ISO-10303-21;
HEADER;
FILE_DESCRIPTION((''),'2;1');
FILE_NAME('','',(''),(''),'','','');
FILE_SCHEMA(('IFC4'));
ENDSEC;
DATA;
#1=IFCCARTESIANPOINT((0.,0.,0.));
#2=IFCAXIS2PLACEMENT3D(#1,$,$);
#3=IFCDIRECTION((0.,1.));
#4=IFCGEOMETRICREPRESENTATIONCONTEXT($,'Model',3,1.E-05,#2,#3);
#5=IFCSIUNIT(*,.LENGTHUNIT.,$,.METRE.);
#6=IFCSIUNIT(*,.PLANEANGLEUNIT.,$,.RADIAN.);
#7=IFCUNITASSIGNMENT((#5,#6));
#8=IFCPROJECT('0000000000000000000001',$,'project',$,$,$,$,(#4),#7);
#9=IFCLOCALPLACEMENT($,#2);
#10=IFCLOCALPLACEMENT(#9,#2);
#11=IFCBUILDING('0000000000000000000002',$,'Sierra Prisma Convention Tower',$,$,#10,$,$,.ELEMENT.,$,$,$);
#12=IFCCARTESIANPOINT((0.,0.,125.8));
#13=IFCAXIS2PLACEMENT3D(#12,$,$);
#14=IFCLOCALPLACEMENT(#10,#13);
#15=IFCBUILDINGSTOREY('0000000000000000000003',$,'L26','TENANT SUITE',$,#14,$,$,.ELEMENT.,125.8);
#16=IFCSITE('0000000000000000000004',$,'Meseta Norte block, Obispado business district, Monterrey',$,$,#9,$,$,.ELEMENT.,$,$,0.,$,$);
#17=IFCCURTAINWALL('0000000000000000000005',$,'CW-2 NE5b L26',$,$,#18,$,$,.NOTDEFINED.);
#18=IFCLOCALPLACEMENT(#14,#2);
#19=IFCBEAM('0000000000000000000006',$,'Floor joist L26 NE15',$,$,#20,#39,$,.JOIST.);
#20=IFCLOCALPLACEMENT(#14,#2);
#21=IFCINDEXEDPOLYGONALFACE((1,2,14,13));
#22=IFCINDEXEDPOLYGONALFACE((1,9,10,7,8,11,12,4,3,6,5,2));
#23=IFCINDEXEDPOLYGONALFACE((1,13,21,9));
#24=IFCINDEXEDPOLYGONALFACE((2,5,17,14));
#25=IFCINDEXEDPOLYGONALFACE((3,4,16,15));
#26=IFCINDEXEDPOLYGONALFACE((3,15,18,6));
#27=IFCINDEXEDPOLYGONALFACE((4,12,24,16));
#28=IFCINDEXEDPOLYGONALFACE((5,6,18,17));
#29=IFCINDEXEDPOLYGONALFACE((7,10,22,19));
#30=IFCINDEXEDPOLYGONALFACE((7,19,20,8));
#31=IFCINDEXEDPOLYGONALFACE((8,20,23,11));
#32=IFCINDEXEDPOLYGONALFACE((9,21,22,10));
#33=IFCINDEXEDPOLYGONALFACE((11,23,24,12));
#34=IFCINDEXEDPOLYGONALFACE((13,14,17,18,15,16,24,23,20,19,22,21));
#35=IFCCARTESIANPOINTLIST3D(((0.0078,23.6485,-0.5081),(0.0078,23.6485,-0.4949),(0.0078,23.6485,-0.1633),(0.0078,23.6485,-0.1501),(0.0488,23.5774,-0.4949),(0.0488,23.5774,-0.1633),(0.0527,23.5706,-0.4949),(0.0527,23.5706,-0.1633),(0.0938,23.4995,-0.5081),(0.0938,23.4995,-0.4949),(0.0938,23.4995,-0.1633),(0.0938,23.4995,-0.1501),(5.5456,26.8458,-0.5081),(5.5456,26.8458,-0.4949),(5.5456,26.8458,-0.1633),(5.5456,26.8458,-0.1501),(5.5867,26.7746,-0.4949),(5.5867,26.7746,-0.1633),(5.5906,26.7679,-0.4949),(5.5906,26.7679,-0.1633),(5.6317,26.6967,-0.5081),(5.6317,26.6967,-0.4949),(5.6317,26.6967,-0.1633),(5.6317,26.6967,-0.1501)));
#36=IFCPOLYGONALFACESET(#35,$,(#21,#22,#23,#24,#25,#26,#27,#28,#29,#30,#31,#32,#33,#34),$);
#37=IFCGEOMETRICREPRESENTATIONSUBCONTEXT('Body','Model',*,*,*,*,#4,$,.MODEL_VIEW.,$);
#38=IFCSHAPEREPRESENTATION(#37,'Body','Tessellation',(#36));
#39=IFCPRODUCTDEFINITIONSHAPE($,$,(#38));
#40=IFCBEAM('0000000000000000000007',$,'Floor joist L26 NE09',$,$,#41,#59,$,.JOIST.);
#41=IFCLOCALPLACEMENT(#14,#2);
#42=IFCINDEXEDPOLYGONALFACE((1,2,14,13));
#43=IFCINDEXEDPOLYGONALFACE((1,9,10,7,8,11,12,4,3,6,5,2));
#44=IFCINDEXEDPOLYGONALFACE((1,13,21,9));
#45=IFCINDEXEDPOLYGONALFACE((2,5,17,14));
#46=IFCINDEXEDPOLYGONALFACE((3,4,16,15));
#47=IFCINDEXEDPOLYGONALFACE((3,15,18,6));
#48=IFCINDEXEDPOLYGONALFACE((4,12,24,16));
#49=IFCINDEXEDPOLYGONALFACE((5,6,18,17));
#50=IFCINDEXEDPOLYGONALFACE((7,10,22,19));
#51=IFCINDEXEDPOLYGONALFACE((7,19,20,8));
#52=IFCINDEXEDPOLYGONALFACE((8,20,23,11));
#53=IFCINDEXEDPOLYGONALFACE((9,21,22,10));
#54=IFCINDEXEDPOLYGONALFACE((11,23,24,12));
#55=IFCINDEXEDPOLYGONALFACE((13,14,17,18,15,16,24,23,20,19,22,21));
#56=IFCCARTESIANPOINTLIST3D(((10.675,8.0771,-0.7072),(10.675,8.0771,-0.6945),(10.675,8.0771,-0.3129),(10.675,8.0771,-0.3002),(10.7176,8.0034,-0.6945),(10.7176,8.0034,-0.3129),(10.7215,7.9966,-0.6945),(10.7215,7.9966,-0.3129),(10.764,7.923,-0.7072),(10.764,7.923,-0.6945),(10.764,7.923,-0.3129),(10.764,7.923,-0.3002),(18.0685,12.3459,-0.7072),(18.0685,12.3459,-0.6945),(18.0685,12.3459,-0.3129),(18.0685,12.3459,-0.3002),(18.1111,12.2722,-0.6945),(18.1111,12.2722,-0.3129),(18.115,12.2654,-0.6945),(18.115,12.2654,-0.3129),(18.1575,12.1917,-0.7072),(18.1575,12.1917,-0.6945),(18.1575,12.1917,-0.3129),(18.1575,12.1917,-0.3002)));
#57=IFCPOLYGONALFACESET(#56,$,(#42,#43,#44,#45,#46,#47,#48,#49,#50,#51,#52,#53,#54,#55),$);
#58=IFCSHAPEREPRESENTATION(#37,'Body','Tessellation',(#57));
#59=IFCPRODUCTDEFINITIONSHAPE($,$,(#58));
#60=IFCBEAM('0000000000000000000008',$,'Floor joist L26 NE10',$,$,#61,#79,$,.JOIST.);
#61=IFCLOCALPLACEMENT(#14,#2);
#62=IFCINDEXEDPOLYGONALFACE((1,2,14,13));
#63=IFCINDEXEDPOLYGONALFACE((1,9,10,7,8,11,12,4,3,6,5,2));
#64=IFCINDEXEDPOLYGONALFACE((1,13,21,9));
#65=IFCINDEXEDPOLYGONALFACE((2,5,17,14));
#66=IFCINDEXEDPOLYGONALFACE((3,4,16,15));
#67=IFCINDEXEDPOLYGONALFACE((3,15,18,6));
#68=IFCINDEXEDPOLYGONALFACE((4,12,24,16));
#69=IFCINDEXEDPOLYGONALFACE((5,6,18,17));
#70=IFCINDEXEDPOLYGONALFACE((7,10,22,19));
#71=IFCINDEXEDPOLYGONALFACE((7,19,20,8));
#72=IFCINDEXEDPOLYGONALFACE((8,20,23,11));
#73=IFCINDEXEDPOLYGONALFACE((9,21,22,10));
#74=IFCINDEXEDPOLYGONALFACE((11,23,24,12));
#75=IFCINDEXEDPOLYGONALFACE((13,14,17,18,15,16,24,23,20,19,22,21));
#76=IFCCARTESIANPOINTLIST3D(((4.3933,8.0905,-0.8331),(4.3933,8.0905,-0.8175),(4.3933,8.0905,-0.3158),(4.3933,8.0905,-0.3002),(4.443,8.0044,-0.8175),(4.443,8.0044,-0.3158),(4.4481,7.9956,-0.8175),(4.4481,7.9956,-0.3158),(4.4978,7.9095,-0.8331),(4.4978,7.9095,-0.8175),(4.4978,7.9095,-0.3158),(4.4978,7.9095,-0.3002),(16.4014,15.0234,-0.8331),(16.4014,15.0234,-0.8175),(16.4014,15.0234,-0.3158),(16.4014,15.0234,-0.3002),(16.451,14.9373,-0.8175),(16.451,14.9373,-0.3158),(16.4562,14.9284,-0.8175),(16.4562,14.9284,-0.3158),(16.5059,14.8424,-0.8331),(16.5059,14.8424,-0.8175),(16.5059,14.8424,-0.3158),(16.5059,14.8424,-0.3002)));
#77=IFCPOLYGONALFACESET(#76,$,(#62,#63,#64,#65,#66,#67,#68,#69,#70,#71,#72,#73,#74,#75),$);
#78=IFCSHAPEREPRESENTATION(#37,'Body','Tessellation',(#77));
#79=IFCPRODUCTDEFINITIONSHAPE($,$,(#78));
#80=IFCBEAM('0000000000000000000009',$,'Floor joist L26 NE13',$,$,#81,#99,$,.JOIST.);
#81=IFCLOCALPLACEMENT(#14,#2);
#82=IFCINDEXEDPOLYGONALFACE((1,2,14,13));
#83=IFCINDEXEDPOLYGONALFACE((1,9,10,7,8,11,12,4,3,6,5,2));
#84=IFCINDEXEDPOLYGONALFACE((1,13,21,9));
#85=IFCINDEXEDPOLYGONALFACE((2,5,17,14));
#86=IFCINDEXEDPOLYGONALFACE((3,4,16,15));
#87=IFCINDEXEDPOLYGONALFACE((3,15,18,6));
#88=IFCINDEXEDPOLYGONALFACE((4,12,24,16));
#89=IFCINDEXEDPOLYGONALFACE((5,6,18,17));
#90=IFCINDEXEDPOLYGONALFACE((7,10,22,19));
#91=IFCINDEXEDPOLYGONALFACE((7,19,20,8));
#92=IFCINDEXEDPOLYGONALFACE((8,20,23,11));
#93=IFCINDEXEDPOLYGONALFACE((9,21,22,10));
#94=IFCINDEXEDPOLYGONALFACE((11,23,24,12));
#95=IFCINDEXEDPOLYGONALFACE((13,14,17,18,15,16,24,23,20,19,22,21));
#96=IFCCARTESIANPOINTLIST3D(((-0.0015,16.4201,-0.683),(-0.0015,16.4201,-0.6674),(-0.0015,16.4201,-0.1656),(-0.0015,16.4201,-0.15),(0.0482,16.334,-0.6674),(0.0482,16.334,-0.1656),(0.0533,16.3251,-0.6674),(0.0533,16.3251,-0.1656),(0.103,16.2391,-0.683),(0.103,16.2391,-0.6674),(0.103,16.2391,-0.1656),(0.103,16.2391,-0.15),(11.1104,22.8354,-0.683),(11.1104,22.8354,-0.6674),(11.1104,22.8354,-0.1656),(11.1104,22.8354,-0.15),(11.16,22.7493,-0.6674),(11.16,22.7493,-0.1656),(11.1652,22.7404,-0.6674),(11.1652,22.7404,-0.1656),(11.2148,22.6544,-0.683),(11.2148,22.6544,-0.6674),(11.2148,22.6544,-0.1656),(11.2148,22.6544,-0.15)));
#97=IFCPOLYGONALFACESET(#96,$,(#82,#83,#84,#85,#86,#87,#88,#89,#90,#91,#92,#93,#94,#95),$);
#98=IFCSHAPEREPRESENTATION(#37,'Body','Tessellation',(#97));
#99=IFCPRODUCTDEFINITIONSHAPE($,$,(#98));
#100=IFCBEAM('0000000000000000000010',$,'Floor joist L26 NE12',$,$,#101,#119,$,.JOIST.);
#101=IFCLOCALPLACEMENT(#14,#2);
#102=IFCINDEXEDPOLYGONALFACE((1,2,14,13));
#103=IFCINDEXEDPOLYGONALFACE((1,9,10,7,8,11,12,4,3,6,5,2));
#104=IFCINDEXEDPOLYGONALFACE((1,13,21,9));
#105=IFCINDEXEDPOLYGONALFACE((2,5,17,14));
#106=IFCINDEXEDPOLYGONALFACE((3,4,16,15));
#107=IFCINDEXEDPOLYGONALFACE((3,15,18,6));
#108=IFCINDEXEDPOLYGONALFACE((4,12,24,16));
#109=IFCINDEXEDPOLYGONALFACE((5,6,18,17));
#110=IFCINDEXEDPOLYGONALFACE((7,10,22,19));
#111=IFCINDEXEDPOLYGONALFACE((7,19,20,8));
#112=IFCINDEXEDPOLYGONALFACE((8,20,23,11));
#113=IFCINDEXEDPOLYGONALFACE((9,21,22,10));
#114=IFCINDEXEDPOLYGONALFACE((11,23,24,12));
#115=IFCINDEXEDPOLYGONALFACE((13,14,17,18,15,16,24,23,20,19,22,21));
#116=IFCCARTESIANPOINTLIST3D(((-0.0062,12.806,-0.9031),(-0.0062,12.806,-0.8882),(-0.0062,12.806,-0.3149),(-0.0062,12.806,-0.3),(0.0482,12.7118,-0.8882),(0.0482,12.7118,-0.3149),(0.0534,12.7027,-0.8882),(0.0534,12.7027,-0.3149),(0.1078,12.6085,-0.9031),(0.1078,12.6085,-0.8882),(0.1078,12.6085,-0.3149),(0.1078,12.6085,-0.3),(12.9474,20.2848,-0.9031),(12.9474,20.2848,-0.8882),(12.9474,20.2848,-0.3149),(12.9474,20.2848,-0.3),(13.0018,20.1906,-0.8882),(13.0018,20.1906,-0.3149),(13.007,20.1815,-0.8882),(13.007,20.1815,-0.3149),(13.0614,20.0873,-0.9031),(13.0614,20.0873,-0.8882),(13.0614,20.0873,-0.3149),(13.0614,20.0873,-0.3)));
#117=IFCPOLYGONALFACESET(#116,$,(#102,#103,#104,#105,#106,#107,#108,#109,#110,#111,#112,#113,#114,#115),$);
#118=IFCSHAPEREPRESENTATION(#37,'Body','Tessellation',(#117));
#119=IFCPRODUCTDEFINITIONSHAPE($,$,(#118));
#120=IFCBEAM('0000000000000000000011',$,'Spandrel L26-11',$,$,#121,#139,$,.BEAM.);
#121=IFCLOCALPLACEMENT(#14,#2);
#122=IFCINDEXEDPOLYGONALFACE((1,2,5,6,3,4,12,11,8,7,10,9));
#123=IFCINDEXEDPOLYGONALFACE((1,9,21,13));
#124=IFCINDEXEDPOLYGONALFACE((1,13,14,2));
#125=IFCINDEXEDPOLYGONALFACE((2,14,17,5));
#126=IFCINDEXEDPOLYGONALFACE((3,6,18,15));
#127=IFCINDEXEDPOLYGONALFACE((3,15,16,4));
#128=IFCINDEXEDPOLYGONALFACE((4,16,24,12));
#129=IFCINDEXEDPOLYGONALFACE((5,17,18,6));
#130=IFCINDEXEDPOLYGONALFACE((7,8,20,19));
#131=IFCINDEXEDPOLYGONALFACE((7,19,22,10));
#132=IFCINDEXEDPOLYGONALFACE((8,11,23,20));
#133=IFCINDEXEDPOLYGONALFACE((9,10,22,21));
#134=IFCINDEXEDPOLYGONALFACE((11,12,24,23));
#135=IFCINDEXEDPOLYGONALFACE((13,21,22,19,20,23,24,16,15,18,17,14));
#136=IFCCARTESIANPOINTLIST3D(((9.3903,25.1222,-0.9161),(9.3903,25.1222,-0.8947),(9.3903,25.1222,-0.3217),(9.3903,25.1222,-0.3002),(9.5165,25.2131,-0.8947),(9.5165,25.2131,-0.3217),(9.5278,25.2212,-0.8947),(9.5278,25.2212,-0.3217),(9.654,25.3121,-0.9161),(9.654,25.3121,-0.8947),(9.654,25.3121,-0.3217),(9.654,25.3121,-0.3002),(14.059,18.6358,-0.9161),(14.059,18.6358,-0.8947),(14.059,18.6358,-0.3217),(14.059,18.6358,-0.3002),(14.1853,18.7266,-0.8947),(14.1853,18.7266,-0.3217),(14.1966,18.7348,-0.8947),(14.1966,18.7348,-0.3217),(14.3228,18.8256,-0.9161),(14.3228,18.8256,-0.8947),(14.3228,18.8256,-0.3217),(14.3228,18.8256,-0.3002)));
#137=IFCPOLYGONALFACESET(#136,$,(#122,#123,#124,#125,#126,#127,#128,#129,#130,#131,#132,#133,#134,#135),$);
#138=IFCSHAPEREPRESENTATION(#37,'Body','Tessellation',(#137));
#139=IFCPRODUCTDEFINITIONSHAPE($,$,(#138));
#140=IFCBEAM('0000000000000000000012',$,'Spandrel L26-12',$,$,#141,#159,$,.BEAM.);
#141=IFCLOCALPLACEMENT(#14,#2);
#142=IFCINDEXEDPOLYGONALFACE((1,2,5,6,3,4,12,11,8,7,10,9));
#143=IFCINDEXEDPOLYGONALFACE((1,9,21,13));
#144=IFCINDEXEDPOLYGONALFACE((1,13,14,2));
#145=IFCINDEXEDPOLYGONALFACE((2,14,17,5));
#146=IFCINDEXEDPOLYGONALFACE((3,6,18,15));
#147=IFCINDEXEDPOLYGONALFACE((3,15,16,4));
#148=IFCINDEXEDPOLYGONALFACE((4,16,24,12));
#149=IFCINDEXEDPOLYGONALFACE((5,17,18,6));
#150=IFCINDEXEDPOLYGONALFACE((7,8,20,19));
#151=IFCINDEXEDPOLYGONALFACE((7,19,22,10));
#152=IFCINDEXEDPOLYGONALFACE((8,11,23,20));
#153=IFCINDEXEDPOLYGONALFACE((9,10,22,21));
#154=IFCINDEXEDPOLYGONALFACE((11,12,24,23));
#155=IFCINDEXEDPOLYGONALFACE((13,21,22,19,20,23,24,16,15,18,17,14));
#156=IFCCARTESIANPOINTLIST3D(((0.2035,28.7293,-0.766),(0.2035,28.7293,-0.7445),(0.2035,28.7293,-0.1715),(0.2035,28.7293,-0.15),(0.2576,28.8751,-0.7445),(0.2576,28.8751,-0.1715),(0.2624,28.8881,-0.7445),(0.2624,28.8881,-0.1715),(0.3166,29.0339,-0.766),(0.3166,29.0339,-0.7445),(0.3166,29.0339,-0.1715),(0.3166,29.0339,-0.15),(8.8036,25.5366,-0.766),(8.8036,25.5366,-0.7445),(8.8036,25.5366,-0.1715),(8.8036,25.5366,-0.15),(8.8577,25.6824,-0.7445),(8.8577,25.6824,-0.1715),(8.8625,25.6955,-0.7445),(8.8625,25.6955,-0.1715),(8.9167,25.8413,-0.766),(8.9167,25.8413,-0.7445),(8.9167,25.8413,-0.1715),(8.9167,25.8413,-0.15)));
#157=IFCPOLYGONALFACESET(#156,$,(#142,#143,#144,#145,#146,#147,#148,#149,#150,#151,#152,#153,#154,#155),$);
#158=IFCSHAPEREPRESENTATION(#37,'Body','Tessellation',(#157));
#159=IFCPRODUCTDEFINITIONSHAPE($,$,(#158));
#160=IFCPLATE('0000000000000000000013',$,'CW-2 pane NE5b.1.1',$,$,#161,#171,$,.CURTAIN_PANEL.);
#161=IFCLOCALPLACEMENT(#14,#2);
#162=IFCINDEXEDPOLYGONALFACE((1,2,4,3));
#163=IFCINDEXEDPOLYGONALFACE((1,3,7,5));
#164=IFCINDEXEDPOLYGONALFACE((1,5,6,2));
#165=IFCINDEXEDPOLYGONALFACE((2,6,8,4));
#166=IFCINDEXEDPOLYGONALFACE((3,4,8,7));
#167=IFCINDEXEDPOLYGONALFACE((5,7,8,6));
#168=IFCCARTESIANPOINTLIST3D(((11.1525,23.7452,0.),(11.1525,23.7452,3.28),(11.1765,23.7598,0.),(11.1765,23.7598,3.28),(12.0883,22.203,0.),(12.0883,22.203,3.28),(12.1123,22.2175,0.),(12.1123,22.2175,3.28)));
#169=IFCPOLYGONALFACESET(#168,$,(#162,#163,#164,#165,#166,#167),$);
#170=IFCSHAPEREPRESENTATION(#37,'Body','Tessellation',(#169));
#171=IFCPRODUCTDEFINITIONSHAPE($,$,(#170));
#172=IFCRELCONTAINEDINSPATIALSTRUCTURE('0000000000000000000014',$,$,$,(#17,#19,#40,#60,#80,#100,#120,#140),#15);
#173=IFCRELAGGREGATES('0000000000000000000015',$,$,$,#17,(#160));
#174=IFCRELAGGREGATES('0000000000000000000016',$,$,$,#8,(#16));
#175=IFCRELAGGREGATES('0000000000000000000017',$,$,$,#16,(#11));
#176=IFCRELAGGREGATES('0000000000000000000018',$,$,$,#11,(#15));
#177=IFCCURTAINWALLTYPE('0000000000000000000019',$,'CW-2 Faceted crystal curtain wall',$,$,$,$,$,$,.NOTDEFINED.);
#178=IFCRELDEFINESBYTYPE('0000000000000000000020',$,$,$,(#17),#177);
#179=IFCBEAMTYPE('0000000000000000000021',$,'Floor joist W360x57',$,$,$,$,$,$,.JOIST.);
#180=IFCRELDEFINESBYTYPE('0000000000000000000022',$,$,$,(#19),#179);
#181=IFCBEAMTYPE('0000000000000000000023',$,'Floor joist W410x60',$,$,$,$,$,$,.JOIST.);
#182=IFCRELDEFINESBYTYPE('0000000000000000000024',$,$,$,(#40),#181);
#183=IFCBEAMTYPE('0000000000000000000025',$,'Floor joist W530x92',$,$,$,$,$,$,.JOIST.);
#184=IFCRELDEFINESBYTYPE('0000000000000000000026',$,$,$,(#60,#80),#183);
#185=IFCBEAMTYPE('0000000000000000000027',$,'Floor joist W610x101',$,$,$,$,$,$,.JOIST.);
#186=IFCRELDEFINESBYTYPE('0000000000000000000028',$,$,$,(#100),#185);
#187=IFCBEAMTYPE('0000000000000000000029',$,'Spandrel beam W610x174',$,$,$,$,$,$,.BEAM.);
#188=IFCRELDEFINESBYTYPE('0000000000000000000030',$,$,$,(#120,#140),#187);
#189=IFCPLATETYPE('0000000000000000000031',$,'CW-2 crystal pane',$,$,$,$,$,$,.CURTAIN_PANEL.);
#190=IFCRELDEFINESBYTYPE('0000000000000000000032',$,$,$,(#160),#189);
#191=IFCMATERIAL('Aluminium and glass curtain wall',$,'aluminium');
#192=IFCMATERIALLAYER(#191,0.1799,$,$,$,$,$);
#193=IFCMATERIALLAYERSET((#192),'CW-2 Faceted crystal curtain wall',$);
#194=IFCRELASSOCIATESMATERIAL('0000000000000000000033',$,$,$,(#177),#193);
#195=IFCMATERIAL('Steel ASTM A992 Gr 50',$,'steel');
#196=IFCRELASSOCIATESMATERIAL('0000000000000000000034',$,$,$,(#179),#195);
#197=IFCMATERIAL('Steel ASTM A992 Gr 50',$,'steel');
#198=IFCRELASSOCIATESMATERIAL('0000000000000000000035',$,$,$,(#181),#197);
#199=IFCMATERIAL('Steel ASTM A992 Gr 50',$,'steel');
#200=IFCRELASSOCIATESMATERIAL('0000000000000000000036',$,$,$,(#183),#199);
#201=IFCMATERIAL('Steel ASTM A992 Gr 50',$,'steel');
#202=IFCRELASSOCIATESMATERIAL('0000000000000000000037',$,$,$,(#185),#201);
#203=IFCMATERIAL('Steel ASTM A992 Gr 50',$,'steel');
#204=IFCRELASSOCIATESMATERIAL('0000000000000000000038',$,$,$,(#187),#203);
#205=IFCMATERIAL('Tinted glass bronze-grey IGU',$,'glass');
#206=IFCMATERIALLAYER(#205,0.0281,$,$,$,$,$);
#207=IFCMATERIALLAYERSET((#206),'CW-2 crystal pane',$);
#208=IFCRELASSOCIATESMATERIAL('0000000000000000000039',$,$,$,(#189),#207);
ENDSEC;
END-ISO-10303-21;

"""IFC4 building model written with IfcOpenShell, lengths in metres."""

from ifc_helpers import new_model, si_unit, direction, frame, origin, origin_2d, place, context, subcontext, project, spatial, polyline, i_section, outline, extrude, material, layer, layer_set, material_profile, profile_set, type_object, element, aggregate, save


model = new_model("IFC4")

# Units and contexts
model_context = context("Model", 3, precision=1e-05, world=origin(), true_north=direction((0.0, 1.0)))
body_context = subcontext(model_context, "Body", "Model", "MODEL_VIEW")
ifc_project = project(units=[si_unit("LENGTHUNIT", "METRE"), si_unit("PLANEANGLEUNIT", "RADIAN")], contexts=[model_context])

# Site, building, storey
site_placement = place(None, origin())
site = spatial("IfcSite", under=ifc_project, at=site_placement, Name="Meseta Norte block, Obispado business district, Monterrey", CompositionType="ELEMENT", RefElevation=0.0)
building_placement = place(site_placement, origin())
building = spatial("IfcBuilding", under=site, at=building_placement, Name="Sierra Prisma Convention Tower", CompositionType="ELEMENT")
storey_placement = place(building_placement, frame((0.0, 0.0, 125.8)))
storey = spatial("IfcBuildingStorey", under=building, at=storey_placement, Name="L26", Description="TENANT SUITE", CompositionType="ELEMENT", Elevation=125.8)

# Curtain wall
ifc_material_1 = material(Name="Aluminium and glass curtain wall", Category="aluminium")
ifc_layer_1 = layer(ifc_material_1, 0.1799)
ifc_layer_set_1 = layer_set([ifc_layer_1], Name="CW-2 Faceted crystal curtain wall")
curtain_wall_type_1 = type_object("IfcCurtainWallType", Name="CW-2 Faceted crystal curtain wall", PredefinedType="NOTDEFINED", material=ifc_layer_set_1)
curtain_wall_1_placement = place(storey_placement, origin())
curtain_wall_1 = element("IfcCurtainWall", 1, at=curtain_wall_1_placement, inside=storey, type_object=curtain_wall_type_1, Name="CW-2 NE5b L26", PredefinedType="NOTDEFINED")

# Beams
ifc_material_2 = material(Name="Steel ASTM A992 Gr 50", Category="steel")
ifc_material_profile_1 = material_profile(ifc_material_2, i_section(OverallWidth=0.1721, OverallDepth=0.3579, WebThickness=0.0078, FlangeThickness=0.0132, at=origin_2d()), Name="W360x57")
ifc_profile_set_1 = profile_set([ifc_material_profile_1], Name="Steel ASTM A992 Gr 50")
beam_type_1 = type_object("IfcBeamType", Name="Floor joist W360x57", PredefinedType="JOIST", material=ifc_profile_set_1)
beam_1_placement = place(storey_placement, frame((5.5886, 26.7712, -0.3291), z_axis=(-0.866026, -0.499999, 0.0), x_axis=(0.499999, -0.866026, 0.0)))
element("IfcBeam", 2, at=beam_1_placement, inside=storey, type_object=beam_type_1, Name="Floor joist L26 NE15", PredefinedType="JOIST", context=body_context, shape_type="SweptSolid", body=[
    extrude(i_section(OverallWidth=0.1721, OverallDepth=0.3579, WebThickness=0.0078, FlangeThickness=0.0132, at=origin_2d()), origin(), (0.0, 0.0, 1.0), 6.3945),
])
ifc_material_3 = material(Name="Steel ASTM A992 Gr 50", Category="steel")
ifc_material_profile_2 = material_profile(ifc_material_3, i_section(OverallWidth=0.178, OverallDepth=0.407, WebThickness=0.0078, FlangeThickness=0.0127, at=origin_2d()), Name="W410x60")
ifc_profile_set_2 = profile_set([ifc_material_profile_2], Name="Steel ASTM A992 Gr 50")
beam_type_2 = type_object("IfcBeamType", Name="Floor joist W410x60", PredefinedType="JOIST", material=ifc_profile_set_2)
beam_2_placement = place(storey_placement, frame((18.113, 12.2688, -0.5037), z_axis=(-0.866019, -0.500011, 0.0), x_axis=(0.500011, -0.866019, 0.0)))
element("IfcBeam", 3, at=beam_2_placement, inside=storey, type_object=beam_type_2, Name="Floor joist L26 NE09", PredefinedType="JOIST", context=body_context, shape_type="SweptSolid", body=[
    extrude(i_section(OverallWidth=0.178, OverallDepth=0.407, WebThickness=0.0078, FlangeThickness=0.0127, at=origin_2d()), origin(), (0.0, 0.0, 1.0), 8.5374),
])
ifc_material_4 = material(Name="Steel ASTM A992 Gr 50", Category="steel")
ifc_material_profile_3 = material_profile(ifc_material_4, i_section(OverallWidth=0.209, OverallDepth=0.533, WebThickness=0.0103, FlangeThickness=0.0156, at=origin_2d()), Name="W530x92")
ifc_profile_set_3 = profile_set([ifc_material_profile_3], Name="Steel ASTM A992 Gr 50")
beam_type_3 = type_object("IfcBeamType", Name="Floor joist W530x92", PredefinedType="JOIST", material=ifc_profile_set_3)
beam_3_placement = place(storey_placement, frame((16.4536, 14.9329, -0.5667), z_axis=(-0.866025, -0.5, 0.0), x_axis=(0.5, -0.866025, 0.0)))
element("IfcBeam", 4, at=beam_3_placement, inside=storey, type_object=beam_type_3, Name="Floor joist L26 NE10", PredefinedType="JOIST", context=body_context, shape_type="SweptSolid", body=[
    extrude(i_section(OverallWidth=0.209, OverallDepth=0.533, WebThickness=0.0103, FlangeThickness=0.0156, at=origin_2d()), origin(), (0.0, 0.0, 1.0), 13.8657),
])
beam_4_placement = place(storey_placement, frame((11.1626, 22.7449, -0.4165), z_axis=(-0.86603, -0.499993, 0.0), x_axis=(0.499993, -0.86603, 0.0)))
element("IfcBeam", 5, at=beam_4_placement, inside=storey, type_object=beam_type_3, Name="Floor joist L26 NE13", PredefinedType="JOIST", context=body_context, shape_type="SweptSolid", body=[
    extrude(i_section(OverallWidth=0.209, OverallDepth=0.533, WebThickness=0.0103, FlangeThickness=0.0156, at=origin_2d()), origin(), (0.0, 0.0, 1.0), 12.8308),
])
ifc_material_5 = material(Name="Steel ASTM A992 Gr 50", Category="steel")
ifc_material_profile_4 = material_profile(ifc_material_5, i_section(OverallWidth=0.228, OverallDepth=0.603, WebThickness=0.0105, FlangeThickness=0.0149, at=origin_2d()), Name="W610x101")
ifc_profile_set_4 = profile_set([ifc_material_profile_4], Name="Steel ASTM A992 Gr 50")
beam_type_4 = type_object("IfcBeamType", Name="Floor joist W610x101", PredefinedType="JOIST", material=ifc_profile_set_4)
beam_5_placement = place(storey_placement, frame((13.0044, 20.186, -0.6016), z_axis=(-0.866026, -0.499999, 0.0), x_axis=(0.499999, -0.866026, 0.0)))
element("IfcBeam", 6, at=beam_5_placement, inside=storey, type_object=beam_type_4, Name="Floor joist L26 NE12", PredefinedType="JOIST", context=body_context, shape_type="SweptSolid", body=[
    extrude(i_section(OverallWidth=0.228, OverallDepth=0.603, WebThickness=0.0105, FlangeThickness=0.0149, at=origin_2d()), origin(), (0.0, 0.0, 1.0), 14.9575),
])
ifc_material_6 = material(Name="Steel ASTM A992 Gr 50", Category="steel")
ifc_material_profile_5 = material_profile(ifc_material_6, i_section(OverallWidth=0.325, OverallDepth=0.616, WebThickness=0.0139, FlangeThickness=0.0215, at=origin_2d()), Name="W610x174")
ifc_profile_set_5 = profile_set([ifc_material_profile_5], Name="Steel ASTM A992 Gr 50")
beam_type_5 = type_object("IfcBeamType", Name="Spandrel beam W610x174", PredefinedType="BEAM", material=ifc_profile_set_5)
beam_6_placement = place(storey_placement, frame((14.1909, 18.7307, -0.6082), z_axis=(-0.584185, 0.811621, 0.0), x_axis=(-0.811621, -0.584185, 0.0)))
element("IfcBeam", 7, at=beam_6_placement, inside=storey, type_object=beam_type_5, Name="Spandrel L26-11", PredefinedType="BEAM", context=body_context, shape_type="SweptSolid", body=[
    extrude(i_section(OverallWidth=0.325, OverallDepth=0.616, WebThickness=0.0139, FlangeThickness=0.0215, at=origin_2d()), origin(), (0.0, 0.0, 1.0), 7.9919),
])
beam_7_placement = place(storey_placement, frame((8.8601, 25.689, -0.458), z_axis=(-0.937486, 0.348024, 0.0), x_axis=(-0.348024, -0.937486, 0.0)))
element("IfcBeam", 8, at=beam_7_placement, inside=storey, type_object=beam_type_5, Name="Spandrel L26-12", PredefinedType="BEAM", context=body_context, shape_type="SweptSolid", body=[
    extrude(i_section(OverallWidth=0.325, OverallDepth=0.616, WebThickness=0.0139, FlangeThickness=0.0215, at=origin_2d()), origin(), (0.0, 0.0, 1.0), 9.1736),
])

# Plate
ifc_material_7 = material(Name="Tinted glass bronze-grey IGU", Category="glass")
ifc_layer_2 = layer(ifc_material_7, 0.0281)
ifc_layer_set_2 = layer_set([ifc_layer_2], Name="CW-2 crystal pane")
plate_type_1 = type_object("IfcPlateType", Name="CW-2 crystal pane", PredefinedType="CURTAIN_PANEL", material=ifc_layer_set_2)
plate_1_placement = place(storey_placement, frame((12.1123, 22.2175, 0.0), z_axis=(0.854927, 0.518749, 0.0), x_axis=(-0.518749, 0.854927, 0.0)))
plate_1 = element("IfcPlate", 9, at=plate_1_placement, type_object=plate_type_1, Name="CW-2 pane NE5b.1.1", PredefinedType="CURTAIN_PANEL", context=body_context, shape_type="SweptSolid", body=[
    extrude(outline(polyline([(0.0, 0.0), (1.8039, 0.0), (1.8039, 3.28), (0.0, 3.28), (0.0, 0.0)])), origin(), (0.0, 0.0, -1.0), 0.0281),
])
aggregate(curtain_wall_1, [plate_1])

save(model, "model.ifc")
